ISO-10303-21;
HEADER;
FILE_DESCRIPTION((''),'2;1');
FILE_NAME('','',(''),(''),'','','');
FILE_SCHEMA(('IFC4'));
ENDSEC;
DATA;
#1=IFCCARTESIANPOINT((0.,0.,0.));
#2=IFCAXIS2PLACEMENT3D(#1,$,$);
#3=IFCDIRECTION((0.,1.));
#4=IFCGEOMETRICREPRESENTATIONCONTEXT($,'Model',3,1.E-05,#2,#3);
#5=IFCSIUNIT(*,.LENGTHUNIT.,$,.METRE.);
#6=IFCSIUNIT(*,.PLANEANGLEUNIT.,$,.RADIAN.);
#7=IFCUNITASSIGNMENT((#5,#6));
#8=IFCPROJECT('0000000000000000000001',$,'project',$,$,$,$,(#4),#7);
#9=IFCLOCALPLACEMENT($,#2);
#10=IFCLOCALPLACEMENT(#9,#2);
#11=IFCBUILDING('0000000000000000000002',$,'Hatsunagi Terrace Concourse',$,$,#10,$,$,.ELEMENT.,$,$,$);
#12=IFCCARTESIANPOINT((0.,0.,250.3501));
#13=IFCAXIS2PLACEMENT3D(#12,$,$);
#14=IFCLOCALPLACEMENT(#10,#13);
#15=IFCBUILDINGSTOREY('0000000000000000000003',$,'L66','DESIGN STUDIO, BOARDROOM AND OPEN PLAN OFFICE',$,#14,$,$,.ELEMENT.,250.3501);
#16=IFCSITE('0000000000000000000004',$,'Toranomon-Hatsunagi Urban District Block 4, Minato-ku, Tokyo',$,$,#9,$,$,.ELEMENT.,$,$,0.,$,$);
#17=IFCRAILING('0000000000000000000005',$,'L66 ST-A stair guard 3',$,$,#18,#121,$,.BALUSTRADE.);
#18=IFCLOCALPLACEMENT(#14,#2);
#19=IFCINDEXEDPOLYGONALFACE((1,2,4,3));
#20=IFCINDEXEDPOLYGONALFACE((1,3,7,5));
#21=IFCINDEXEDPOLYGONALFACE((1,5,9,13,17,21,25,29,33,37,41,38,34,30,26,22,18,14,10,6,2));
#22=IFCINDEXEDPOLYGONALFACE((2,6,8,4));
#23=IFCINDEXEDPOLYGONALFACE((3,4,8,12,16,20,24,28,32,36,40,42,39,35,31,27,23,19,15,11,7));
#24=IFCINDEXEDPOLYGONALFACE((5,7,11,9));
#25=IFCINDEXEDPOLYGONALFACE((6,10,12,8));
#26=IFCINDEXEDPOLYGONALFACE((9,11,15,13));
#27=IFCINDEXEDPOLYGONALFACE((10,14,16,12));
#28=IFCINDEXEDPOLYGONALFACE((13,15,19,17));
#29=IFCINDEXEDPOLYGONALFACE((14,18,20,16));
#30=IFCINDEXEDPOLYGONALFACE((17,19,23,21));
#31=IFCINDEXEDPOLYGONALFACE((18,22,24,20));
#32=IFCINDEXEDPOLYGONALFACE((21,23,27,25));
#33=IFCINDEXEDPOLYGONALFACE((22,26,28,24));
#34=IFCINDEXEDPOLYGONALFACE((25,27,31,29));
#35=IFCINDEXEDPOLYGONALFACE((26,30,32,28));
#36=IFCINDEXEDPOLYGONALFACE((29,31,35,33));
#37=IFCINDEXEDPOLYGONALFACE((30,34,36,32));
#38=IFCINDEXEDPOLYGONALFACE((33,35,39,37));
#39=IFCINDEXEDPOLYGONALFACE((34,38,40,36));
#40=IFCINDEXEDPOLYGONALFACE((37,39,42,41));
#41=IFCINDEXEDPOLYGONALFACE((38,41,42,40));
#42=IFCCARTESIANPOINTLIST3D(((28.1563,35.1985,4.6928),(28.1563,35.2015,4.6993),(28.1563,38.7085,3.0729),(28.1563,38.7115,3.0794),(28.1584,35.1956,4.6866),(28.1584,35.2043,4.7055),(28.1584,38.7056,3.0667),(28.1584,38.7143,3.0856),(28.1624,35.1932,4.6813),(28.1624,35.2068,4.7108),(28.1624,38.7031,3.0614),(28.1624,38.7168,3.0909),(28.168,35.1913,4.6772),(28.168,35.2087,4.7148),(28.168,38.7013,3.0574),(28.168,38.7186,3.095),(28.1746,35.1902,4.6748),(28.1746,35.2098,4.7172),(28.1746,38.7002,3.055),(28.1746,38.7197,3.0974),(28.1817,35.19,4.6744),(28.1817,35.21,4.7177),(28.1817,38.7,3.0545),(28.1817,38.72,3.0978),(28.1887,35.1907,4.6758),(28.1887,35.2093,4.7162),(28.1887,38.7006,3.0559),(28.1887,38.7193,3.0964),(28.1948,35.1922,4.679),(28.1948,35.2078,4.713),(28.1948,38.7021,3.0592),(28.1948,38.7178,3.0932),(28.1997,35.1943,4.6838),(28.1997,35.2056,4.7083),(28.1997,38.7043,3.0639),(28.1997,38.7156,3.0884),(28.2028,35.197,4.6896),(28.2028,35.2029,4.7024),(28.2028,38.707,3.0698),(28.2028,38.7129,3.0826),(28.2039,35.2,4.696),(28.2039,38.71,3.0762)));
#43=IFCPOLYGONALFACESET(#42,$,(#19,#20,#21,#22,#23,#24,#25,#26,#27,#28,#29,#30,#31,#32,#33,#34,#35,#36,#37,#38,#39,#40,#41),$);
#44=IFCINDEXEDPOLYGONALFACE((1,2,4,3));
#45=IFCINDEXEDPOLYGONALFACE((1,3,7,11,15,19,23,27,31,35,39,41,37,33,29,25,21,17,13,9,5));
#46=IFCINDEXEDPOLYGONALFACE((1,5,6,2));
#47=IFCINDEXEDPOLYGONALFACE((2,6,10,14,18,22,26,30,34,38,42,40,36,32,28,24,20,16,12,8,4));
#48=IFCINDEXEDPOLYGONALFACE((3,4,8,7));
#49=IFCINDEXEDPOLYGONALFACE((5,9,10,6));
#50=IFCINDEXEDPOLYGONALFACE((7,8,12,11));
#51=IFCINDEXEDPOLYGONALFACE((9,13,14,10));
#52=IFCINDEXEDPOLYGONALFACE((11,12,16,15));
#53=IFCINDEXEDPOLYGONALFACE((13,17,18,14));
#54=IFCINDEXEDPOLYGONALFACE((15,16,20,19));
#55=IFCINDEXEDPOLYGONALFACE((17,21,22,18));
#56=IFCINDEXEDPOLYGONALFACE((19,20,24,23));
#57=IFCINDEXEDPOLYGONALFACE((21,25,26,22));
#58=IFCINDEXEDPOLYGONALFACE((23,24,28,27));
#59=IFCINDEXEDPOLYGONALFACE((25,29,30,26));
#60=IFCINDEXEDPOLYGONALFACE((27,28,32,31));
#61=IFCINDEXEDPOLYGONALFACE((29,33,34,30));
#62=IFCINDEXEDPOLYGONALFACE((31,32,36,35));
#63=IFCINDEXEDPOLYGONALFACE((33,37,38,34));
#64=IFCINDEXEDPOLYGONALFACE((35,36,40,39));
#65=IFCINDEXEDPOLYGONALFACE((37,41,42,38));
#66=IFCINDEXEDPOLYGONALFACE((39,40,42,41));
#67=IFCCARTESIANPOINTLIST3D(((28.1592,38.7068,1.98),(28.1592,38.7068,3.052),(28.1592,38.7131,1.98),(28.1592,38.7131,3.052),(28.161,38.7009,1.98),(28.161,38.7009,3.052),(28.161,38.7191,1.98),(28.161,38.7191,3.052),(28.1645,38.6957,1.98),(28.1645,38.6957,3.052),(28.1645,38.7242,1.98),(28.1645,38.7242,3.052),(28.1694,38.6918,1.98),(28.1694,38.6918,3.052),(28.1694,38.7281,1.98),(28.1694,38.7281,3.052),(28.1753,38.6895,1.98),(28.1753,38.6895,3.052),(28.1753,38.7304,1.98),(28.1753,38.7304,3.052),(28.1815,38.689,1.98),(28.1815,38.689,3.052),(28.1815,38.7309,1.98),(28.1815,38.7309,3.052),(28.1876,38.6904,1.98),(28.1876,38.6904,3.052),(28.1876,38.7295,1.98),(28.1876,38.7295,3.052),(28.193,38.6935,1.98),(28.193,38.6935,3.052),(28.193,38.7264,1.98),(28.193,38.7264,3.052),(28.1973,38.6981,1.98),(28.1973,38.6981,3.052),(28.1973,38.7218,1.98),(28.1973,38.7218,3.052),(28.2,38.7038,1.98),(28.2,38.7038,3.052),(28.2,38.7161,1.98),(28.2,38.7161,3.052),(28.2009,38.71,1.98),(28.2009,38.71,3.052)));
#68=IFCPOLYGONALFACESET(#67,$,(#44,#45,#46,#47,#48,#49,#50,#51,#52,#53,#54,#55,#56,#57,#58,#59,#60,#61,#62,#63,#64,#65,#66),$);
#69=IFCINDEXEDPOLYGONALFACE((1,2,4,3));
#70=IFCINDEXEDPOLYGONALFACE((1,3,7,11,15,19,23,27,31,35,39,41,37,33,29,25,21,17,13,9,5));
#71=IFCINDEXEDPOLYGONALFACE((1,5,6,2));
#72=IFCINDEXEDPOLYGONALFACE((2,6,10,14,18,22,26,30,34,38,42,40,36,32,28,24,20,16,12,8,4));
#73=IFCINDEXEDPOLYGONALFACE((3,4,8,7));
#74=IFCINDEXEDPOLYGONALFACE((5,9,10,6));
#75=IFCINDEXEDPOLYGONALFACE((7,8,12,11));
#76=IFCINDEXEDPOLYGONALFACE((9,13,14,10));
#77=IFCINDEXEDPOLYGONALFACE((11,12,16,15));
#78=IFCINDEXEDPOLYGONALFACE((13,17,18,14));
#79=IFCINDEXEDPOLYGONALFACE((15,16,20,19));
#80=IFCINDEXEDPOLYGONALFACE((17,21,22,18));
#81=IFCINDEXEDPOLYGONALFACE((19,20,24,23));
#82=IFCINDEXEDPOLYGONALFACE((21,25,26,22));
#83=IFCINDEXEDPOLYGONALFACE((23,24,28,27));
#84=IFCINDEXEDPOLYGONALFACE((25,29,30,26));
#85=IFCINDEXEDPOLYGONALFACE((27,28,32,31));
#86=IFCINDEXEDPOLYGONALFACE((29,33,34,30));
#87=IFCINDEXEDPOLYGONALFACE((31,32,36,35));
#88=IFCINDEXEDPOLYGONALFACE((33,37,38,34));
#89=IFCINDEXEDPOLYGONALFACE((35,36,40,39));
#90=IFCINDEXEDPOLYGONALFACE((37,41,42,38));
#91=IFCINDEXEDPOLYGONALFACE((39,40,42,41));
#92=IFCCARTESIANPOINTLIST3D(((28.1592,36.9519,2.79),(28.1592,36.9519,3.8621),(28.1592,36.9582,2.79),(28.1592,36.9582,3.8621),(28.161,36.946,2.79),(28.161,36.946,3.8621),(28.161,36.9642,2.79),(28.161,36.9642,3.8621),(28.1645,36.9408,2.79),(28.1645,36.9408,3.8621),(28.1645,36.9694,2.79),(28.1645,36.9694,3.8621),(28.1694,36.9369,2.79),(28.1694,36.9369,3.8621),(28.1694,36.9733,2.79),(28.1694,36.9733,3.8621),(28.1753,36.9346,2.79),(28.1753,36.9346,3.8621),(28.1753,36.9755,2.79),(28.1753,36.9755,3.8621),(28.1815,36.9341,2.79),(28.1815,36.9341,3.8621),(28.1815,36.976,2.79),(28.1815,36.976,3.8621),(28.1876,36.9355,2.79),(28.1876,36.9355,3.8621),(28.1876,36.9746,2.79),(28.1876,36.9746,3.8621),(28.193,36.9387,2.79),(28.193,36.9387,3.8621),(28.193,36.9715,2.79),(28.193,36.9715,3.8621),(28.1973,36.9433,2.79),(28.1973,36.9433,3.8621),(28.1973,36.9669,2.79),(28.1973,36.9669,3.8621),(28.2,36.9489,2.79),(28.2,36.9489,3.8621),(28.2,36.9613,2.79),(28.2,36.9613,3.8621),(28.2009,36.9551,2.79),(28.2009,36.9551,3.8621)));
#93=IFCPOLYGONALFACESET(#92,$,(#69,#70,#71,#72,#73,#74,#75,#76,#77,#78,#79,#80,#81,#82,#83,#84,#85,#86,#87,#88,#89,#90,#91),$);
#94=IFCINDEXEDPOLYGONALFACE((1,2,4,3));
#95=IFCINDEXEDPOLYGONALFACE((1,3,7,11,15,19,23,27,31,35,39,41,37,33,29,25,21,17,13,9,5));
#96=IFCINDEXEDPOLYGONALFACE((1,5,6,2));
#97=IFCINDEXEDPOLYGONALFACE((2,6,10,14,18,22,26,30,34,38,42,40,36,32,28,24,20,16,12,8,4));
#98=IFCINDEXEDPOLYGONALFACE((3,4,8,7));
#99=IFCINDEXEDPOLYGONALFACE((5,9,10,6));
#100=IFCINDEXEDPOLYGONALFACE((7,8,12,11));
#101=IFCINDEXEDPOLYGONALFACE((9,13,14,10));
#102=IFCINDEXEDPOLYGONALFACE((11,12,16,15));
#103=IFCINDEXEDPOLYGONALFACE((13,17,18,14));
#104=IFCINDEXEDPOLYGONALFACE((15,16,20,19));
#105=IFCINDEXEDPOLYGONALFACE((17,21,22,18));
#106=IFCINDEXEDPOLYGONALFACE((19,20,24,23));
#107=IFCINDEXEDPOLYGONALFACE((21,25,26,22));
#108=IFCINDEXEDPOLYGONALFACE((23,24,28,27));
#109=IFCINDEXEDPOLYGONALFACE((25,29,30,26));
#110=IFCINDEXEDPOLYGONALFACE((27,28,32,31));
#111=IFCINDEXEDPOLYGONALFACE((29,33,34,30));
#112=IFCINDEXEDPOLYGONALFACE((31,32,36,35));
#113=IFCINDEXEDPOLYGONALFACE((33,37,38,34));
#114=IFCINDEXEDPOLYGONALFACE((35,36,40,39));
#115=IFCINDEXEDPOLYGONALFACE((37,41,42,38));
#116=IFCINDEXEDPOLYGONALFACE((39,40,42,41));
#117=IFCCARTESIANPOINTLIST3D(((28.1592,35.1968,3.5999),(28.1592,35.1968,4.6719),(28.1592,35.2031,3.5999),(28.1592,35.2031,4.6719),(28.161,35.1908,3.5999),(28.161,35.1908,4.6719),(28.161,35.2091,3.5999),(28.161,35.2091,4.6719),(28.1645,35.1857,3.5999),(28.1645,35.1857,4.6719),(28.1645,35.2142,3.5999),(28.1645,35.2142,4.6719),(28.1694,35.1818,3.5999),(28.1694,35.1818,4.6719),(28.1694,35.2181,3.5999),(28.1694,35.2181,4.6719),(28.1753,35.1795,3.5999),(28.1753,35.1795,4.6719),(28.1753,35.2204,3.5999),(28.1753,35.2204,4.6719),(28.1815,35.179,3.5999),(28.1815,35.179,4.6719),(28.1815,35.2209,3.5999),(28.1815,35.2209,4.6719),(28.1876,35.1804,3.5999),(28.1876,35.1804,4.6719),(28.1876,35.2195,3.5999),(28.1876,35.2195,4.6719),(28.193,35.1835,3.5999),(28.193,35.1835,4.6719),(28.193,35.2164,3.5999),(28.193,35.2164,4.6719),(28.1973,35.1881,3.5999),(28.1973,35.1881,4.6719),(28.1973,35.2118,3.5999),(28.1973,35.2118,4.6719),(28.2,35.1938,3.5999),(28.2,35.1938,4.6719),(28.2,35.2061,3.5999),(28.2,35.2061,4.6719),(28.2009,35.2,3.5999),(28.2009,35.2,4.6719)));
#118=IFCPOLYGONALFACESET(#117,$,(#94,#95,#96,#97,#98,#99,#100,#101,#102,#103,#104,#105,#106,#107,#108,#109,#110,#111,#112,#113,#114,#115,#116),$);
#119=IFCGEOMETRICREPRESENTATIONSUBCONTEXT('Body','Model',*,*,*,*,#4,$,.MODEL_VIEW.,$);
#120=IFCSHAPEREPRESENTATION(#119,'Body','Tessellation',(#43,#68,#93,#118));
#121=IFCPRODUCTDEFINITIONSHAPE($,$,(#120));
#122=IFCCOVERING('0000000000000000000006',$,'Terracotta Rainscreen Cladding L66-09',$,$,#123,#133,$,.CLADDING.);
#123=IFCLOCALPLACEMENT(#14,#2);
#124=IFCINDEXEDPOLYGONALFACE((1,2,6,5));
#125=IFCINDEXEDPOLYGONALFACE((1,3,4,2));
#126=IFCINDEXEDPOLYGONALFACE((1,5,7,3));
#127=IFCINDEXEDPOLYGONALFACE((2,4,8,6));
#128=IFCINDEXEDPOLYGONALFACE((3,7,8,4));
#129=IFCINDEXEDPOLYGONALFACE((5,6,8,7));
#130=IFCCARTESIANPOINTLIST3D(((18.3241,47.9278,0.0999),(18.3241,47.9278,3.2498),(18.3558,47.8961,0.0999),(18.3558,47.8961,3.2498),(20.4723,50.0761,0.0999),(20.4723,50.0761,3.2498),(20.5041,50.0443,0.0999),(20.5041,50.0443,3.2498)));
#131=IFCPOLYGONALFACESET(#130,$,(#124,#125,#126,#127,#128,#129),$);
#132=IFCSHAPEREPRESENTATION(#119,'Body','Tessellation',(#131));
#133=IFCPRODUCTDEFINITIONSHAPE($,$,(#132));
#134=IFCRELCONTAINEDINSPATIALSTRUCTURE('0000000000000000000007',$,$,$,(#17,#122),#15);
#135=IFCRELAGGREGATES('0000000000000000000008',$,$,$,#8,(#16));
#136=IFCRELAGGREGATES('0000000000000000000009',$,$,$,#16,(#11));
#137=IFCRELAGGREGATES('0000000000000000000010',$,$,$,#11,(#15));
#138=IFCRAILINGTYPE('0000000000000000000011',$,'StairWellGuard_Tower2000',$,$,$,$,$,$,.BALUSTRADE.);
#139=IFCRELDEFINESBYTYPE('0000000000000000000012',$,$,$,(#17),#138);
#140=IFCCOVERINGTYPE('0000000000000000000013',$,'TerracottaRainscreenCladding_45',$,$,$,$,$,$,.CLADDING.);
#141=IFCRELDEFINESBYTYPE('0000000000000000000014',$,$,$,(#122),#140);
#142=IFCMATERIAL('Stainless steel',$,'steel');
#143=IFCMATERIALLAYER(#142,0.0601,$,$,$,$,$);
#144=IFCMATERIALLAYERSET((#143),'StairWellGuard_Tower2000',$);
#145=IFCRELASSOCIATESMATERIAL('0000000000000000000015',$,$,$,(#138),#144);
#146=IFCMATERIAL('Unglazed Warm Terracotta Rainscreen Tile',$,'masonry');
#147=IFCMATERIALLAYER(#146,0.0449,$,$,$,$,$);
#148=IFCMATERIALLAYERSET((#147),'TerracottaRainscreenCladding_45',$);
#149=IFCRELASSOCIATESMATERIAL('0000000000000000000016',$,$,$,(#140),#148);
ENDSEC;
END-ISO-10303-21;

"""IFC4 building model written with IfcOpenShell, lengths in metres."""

from ifc_helpers import new_model, si_unit, direction, frame, origin, origin_2d, place, context, subcontext, project, spatial, rectangle, circle, extrude, material, layer, layer_set, type_object, element, save


model = new_model("IFC4")

# Units and contexts
model_context = context("Model", 3, precision=1e-05, world=origin(), true_north=direction((0.0, 1.0)))
body_context = subcontext(model_context, "Body", "Model", "MODEL_VIEW")
ifc_project = project(units=[si_unit("LENGTHUNIT", "METRE"), si_unit("PLANEANGLEUNIT", "RADIAN")], contexts=[model_context])

# Site, building, storey
site_placement = place(None, origin())
site = spatial("IfcSite", under=ifc_project, at=site_placement, Name="Toranomon-Hatsunagi Urban District Block 4, Minato-ku, Tokyo", CompositionType="ELEMENT", RefElevation=0.0)
building_placement = place(site_placement, origin())
building = spatial("IfcBuilding", under=site, at=building_placement, Name="Hatsunagi Terrace Concourse", CompositionType="ELEMENT")
storey_placement = place(building_placement, frame((0.0, 0.0, 250.3501)))
storey = spatial("IfcBuildingStorey", under=building, at=storey_placement, Name="L66", Description="DESIGN STUDIO, BOARDROOM AND OPEN PLAN OFFICE", CompositionType="ELEMENT", Elevation=250.3501)

# Railing
ifc_material_1 = material(Name="Stainless steel", Category="steel")
ifc_layer_1 = layer(ifc_material_1, 0.0601)
ifc_layer_set_1 = layer_set([ifc_layer_1], Name="StairWellGuard_Tower2000")
railing_type_1 = type_object("IfcRailingType", Name="StairWellGuard_Tower2000", PredefinedType="BALUSTRADE", material=ifc_layer_set_1)
railing_1_placement = place(storey_placement, frame((28.1799, 38.71, 1.98)))
element("IfcRailing", 1, at=railing_1_placement, inside=storey, type_object=railing_type_1, Name="L66 ST-A stair guard 3", PredefinedType="BALUSTRADE", context=body_context, shape_type="SweptSolid", body=[
    extrude(circle(Radius=0.0239, at=origin_2d()), frame((0.0, 0.0, 1.0962), z_axis=(0.0, -0.907972, 0.41903), x_axis=(1.0, 0.0, 0.0)), (0.0, 0.0, 1.0), 3.8657),
    extrude(circle(Radius=0.021, at=origin_2d()), origin(), (0.0, 0.0, 1.0), 1.072),
    extrude(circle(Radius=0.021, at=origin_2d()), frame((0.0, -1.7549, 0.8101)), (0.0, 0.0, 1.0), 1.072),
    extrude(circle(Radius=0.021, at=origin_2d()), frame((0.0, -3.51, 1.6199)), (0.0, 0.0, 1.0), 1.072),
])

# Covering
ifc_material_2 = material(Name="Unglazed Warm Terracotta Rainscreen Tile", Category="masonry")
ifc_layer_2 = layer(ifc_material_2, 0.0449)
ifc_layer_set_2 = layer_set([ifc_layer_2], Name="TerracottaRainscreenCladding_45")
covering_type = type_object("IfcCoveringType", Name="TerracottaRainscreenCladding_45", PredefinedType="CLADDING", material=ifc_layer_set_2)
covering_placement = place(storey_placement, frame((19.4141, 48.9861, 0.0999), z_axis=(0.0, 0.0, 1.0), x_axis=(0.707107, 0.707107, 0.0)))
element("IfcCovering", 2, at=covering_placement, inside=storey, type_object=covering_type, Name="Terracotta Rainscreen Cladding L66-09", PredefinedType="CLADDING", context=body_context, shape_type="SweptSolid", body=[
    extrude(rectangle(XDim=3.0381, YDim=0.0449, at=origin_2d()), origin(), (0.0, 0.0, 1.0), 3.1499),
])

save(model, "model.ifc")
